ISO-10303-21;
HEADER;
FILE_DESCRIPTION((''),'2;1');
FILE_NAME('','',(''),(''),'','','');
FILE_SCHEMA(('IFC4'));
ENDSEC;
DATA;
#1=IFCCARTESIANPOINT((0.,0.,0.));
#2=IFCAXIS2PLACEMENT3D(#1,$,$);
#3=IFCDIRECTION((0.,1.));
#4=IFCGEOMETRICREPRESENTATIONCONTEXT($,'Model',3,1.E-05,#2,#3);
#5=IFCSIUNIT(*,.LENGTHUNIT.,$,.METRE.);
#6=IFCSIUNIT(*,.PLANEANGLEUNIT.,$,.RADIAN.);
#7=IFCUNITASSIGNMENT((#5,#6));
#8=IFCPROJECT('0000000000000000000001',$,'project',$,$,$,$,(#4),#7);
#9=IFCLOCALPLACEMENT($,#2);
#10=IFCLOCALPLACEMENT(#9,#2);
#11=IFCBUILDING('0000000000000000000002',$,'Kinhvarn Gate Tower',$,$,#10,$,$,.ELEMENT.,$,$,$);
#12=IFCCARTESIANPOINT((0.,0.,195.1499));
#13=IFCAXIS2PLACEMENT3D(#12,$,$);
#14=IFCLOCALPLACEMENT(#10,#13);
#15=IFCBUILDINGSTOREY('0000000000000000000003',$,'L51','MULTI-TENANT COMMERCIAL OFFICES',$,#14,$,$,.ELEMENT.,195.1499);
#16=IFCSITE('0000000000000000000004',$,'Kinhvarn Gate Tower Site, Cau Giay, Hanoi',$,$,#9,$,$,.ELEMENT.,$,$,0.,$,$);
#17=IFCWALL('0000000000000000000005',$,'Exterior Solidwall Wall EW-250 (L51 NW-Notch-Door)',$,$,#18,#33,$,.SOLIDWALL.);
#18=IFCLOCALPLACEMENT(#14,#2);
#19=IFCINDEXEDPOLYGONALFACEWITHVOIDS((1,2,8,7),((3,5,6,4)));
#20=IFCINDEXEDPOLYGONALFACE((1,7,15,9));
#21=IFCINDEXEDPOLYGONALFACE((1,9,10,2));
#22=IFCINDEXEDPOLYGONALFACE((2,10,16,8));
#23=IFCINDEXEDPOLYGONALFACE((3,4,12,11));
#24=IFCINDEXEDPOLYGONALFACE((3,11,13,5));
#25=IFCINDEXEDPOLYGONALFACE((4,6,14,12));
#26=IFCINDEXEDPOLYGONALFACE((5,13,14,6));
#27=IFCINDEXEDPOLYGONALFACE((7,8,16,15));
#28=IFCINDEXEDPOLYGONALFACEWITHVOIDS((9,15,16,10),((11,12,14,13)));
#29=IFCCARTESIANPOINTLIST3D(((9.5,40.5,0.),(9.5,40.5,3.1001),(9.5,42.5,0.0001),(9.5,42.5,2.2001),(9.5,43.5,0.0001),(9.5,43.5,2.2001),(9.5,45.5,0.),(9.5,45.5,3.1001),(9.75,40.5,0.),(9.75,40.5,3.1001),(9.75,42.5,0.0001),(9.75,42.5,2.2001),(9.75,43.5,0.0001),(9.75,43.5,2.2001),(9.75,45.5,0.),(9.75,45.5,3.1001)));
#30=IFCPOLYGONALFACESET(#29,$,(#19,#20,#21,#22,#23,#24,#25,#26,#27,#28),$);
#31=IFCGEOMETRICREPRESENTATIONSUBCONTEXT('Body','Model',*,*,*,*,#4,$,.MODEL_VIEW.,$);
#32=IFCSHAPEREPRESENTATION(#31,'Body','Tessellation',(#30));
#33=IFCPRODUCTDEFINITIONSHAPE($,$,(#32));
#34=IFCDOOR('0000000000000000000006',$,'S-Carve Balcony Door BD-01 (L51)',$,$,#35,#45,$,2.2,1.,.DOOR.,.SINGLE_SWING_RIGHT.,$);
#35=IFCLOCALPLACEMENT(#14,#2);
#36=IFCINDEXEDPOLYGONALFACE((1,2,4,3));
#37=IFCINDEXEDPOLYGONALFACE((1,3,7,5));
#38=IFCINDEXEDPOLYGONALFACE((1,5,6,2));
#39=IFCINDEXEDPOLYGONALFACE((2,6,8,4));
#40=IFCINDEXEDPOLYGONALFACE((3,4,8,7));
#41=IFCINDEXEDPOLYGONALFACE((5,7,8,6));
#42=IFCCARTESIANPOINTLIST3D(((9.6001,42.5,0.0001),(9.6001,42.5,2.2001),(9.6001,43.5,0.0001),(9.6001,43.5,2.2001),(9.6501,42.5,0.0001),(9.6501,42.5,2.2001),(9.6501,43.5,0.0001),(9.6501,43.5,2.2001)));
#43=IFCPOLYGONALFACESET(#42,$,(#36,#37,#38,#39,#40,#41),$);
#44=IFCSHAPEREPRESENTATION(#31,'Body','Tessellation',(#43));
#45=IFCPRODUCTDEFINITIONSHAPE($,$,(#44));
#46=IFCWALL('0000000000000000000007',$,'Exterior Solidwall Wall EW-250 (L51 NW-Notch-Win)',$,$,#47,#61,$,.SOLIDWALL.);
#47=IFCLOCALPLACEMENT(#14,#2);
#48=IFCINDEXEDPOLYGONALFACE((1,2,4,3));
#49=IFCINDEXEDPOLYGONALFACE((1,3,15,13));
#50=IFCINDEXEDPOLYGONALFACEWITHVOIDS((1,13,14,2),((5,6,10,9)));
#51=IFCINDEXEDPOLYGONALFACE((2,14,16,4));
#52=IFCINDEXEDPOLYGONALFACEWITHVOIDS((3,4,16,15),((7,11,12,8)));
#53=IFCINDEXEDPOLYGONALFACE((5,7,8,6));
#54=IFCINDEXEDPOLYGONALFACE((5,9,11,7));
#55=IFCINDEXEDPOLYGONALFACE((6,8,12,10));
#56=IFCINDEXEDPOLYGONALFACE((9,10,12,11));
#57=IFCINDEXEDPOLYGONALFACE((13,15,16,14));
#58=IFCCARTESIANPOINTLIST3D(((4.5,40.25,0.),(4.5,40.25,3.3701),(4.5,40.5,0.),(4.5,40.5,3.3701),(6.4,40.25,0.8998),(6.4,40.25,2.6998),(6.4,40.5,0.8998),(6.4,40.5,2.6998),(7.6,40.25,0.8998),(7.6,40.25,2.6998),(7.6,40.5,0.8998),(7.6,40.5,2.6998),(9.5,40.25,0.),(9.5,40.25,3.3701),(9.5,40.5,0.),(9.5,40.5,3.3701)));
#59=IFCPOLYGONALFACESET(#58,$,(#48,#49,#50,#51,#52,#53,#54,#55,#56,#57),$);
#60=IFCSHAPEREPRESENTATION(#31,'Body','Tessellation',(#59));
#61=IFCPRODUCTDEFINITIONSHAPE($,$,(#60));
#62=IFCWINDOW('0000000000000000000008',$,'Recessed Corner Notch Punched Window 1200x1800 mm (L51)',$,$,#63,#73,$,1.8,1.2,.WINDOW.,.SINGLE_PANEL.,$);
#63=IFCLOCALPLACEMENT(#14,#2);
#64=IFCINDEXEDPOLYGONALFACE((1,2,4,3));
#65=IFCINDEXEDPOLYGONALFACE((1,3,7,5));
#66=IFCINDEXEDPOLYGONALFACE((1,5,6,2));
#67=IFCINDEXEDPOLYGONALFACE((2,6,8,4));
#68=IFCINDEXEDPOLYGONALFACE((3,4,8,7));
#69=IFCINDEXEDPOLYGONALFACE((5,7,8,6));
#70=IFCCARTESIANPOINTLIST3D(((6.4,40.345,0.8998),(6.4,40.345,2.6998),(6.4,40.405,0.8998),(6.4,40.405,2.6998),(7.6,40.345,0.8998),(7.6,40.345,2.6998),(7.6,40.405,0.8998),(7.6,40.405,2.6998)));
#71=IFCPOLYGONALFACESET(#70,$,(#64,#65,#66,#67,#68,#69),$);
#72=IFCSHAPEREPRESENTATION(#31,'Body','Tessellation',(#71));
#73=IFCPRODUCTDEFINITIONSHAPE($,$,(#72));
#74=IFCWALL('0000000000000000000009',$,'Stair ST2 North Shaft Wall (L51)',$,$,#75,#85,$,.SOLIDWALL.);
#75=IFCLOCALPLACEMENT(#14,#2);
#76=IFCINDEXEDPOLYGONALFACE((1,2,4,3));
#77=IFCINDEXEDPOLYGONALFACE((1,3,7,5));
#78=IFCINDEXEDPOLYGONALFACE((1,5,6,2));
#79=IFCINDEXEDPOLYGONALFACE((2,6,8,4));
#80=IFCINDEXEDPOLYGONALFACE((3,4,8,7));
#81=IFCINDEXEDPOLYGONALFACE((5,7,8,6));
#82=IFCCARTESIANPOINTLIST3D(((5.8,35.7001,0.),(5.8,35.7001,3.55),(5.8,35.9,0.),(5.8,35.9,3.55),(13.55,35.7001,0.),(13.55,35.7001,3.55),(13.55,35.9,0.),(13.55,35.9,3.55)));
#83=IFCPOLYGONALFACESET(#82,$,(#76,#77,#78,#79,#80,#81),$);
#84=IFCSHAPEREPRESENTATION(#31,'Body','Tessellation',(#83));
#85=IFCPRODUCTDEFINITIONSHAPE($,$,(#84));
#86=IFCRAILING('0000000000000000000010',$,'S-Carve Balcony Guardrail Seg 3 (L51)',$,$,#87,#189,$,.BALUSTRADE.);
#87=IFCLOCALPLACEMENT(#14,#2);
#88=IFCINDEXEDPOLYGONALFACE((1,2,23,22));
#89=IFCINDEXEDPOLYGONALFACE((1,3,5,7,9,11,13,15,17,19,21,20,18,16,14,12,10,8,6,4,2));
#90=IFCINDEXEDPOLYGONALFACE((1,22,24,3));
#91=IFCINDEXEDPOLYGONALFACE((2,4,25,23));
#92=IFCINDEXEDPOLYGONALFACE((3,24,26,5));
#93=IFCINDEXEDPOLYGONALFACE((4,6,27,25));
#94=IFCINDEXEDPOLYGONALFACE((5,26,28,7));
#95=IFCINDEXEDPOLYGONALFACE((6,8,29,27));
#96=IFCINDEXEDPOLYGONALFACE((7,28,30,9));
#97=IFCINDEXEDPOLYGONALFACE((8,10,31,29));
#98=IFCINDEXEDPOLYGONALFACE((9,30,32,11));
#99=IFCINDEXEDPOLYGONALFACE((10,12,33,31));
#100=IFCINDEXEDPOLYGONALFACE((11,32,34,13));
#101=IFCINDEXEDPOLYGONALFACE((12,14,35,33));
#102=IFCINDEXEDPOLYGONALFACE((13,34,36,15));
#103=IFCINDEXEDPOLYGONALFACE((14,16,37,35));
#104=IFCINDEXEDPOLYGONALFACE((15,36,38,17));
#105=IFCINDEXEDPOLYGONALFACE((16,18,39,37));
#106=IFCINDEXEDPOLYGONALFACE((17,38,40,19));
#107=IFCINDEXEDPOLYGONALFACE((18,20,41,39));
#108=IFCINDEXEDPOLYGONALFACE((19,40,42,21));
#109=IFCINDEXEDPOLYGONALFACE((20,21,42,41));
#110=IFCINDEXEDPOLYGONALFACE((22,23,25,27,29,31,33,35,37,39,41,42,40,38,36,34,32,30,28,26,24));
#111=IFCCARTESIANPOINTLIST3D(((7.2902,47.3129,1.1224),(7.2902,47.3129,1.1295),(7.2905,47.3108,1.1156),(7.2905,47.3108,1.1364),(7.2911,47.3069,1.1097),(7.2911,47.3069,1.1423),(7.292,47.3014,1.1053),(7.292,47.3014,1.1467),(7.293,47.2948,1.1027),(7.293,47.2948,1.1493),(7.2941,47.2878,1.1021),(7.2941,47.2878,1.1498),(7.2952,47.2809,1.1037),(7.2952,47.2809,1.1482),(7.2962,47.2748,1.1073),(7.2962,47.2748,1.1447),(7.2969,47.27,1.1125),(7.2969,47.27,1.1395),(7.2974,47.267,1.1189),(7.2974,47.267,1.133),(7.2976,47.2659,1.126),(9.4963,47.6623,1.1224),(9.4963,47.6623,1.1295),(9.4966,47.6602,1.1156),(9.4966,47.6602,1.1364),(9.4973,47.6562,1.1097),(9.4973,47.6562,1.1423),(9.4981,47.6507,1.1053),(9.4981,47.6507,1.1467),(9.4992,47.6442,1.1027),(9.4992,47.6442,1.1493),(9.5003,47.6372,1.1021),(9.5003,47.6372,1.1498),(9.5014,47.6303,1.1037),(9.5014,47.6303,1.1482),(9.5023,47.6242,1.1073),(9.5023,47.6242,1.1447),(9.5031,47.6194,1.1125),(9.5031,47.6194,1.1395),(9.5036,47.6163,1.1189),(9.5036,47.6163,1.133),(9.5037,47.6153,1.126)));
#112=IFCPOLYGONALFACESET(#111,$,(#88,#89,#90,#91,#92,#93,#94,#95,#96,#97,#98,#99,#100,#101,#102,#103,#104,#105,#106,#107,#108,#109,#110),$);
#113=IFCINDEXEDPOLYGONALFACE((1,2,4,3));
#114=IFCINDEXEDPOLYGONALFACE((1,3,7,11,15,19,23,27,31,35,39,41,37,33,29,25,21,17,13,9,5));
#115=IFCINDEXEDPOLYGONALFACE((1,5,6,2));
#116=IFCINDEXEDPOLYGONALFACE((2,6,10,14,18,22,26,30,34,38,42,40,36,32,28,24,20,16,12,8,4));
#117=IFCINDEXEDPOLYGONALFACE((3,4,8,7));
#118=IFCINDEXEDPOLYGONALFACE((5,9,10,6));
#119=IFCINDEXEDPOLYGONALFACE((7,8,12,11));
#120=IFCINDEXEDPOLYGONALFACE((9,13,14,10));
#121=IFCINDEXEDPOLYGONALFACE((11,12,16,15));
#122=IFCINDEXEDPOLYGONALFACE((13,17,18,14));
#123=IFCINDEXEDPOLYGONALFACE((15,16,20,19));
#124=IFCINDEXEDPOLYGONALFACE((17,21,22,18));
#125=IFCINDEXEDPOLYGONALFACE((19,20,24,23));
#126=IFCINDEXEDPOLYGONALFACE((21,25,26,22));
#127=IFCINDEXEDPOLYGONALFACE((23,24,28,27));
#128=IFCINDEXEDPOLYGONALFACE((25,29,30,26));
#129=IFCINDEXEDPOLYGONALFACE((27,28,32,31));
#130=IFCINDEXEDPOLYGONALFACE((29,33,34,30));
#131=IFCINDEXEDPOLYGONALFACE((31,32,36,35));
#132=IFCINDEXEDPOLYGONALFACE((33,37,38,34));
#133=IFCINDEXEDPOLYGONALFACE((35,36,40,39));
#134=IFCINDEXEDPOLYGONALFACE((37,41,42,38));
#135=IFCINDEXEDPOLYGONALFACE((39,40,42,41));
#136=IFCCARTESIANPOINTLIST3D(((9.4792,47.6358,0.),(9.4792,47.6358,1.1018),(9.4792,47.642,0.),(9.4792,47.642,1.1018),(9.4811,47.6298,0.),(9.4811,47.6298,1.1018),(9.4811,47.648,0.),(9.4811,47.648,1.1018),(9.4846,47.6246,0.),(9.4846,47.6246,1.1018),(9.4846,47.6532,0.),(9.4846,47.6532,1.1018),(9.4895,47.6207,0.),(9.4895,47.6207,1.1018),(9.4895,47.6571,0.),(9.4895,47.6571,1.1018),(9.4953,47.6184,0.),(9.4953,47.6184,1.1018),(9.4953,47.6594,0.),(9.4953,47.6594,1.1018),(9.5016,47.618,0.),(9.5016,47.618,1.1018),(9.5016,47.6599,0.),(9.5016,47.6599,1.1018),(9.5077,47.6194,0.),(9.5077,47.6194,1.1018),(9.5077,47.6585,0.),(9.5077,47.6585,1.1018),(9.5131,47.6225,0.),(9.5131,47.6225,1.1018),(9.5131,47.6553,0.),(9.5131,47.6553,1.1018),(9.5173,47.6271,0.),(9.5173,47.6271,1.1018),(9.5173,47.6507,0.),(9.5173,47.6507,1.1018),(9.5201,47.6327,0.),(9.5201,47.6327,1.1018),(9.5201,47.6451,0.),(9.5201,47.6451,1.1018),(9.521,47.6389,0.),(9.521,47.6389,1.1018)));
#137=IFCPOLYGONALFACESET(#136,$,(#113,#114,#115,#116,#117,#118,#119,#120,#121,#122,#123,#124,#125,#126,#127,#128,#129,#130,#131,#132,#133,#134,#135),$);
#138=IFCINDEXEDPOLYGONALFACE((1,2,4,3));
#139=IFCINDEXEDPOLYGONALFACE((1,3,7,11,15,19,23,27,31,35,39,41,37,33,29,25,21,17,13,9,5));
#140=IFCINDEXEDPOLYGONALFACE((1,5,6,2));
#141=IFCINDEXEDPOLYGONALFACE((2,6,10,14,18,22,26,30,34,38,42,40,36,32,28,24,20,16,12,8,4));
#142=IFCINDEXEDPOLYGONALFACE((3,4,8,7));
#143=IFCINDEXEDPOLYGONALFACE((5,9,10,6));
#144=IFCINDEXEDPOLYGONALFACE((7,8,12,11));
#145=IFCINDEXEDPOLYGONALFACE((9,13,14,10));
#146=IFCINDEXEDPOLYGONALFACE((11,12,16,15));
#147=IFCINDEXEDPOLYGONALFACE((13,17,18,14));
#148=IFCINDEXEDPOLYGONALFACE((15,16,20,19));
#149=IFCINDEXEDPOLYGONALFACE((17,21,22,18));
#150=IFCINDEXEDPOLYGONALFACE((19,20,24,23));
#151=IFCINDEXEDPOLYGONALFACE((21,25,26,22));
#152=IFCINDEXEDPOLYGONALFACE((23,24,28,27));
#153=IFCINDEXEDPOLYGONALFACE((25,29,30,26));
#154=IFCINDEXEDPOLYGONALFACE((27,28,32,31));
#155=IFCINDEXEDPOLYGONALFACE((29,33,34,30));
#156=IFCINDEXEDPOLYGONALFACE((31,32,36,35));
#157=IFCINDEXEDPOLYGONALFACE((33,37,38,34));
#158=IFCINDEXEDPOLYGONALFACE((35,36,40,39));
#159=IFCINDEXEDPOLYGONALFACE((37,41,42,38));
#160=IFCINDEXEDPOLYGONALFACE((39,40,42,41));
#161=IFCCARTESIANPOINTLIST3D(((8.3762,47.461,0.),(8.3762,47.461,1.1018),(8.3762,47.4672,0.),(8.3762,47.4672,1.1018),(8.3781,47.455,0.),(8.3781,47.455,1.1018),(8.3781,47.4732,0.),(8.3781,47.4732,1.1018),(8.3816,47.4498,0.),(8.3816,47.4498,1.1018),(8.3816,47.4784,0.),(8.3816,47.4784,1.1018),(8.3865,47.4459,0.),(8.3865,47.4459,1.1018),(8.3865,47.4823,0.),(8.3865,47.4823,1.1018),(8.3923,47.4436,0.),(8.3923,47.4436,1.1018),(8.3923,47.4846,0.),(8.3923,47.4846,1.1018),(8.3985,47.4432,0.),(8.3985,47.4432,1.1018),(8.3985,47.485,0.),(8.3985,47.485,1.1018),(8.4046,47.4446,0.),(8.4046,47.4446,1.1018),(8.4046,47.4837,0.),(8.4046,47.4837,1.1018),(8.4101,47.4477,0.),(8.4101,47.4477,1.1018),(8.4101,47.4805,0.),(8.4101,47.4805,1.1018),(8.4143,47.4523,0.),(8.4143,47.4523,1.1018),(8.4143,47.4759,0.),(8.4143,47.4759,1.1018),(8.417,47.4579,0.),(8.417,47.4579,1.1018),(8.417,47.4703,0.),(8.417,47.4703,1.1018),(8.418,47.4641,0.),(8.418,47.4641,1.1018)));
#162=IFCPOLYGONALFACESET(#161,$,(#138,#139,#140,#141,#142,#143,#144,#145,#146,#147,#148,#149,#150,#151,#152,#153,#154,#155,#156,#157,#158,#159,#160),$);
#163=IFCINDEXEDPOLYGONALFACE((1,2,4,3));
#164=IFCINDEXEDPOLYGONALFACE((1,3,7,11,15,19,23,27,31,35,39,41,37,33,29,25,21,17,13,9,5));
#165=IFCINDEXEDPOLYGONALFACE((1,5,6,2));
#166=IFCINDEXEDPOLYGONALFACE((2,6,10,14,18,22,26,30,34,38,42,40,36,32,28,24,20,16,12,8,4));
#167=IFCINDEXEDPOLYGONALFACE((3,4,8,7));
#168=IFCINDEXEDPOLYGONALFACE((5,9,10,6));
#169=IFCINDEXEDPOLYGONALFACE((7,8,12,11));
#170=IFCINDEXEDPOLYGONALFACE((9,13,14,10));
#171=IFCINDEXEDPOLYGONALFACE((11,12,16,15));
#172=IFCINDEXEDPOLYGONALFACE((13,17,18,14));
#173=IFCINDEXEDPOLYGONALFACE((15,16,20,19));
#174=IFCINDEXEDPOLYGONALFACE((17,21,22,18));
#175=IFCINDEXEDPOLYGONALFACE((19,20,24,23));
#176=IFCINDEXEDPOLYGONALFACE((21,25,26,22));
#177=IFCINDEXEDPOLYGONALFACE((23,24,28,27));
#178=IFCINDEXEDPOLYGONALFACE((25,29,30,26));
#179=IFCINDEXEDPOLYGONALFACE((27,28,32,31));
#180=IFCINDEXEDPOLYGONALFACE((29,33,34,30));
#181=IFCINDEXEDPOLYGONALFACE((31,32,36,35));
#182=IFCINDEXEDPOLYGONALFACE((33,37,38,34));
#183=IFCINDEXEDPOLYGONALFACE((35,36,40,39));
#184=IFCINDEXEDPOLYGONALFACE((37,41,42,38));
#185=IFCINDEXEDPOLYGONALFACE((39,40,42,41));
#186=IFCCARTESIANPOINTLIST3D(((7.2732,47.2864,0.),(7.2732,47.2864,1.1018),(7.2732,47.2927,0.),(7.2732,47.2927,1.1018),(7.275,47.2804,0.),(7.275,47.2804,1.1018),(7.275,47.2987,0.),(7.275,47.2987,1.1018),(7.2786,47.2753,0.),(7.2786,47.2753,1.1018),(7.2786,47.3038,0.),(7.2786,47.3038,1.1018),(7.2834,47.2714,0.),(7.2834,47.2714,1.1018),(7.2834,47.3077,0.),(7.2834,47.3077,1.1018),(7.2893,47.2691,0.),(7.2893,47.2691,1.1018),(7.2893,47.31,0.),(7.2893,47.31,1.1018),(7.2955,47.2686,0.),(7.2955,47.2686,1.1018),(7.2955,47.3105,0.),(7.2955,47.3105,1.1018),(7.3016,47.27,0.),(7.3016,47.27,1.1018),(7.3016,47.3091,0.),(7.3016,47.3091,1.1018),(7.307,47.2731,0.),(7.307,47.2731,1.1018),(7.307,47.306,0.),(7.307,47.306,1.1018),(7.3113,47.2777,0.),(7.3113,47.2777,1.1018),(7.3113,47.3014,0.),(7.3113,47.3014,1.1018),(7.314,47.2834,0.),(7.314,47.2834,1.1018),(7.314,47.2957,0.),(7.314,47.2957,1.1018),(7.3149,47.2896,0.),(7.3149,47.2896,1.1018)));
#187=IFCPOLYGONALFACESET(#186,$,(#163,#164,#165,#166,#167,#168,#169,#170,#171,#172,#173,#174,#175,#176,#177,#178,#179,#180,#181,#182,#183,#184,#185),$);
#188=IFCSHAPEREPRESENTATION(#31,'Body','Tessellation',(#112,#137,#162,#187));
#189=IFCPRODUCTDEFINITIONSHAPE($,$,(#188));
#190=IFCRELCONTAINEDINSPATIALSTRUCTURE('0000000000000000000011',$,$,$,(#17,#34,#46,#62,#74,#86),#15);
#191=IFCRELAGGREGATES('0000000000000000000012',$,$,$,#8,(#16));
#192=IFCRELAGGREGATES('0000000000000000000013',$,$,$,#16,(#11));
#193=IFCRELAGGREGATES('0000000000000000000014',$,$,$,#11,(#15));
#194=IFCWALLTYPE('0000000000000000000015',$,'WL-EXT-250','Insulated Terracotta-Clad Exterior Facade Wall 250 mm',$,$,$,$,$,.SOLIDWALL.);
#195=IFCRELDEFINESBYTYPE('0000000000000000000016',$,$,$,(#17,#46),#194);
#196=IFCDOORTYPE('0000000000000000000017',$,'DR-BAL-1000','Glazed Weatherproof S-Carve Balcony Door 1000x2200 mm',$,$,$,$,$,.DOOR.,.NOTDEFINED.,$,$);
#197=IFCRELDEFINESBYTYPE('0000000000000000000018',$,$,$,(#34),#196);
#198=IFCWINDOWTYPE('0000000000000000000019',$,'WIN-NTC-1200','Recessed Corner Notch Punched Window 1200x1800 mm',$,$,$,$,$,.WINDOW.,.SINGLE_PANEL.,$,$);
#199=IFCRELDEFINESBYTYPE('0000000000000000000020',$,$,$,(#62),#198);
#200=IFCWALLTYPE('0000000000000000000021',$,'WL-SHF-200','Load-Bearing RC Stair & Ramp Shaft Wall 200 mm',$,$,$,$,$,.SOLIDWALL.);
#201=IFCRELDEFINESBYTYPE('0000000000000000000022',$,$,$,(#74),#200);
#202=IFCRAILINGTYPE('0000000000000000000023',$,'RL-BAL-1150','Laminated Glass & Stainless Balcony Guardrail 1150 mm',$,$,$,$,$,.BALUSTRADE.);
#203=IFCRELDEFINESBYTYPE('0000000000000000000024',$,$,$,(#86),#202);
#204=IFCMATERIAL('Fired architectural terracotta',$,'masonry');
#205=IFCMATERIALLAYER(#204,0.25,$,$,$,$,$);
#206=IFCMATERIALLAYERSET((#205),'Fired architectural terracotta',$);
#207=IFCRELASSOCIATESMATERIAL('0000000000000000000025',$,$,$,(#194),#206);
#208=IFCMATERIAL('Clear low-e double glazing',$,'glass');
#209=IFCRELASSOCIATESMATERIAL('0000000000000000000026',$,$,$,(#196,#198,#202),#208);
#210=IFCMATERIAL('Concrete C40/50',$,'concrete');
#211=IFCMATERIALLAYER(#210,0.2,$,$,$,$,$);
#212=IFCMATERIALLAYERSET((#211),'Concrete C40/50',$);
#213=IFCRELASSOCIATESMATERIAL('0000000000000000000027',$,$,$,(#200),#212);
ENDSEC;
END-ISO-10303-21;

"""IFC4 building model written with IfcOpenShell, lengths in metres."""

from ifc_helpers import new_model, si_unit, direction, frame, frame_2d, origin, origin_2d, place, context, subcontext, project, spatial, rectangle, circle, extrude, material, layer, layer_set, type_object, element, fill, save


model = new_model("IFC4")

# Units and contexts
model_context = context("Model", 3, precision=1e-05, world=origin(), true_north=direction((0.0, 1.0)))
body_context = subcontext(model_context, "Body", "Model", "MODEL_VIEW")
ifc_project = project(units=[si_unit("LENGTHUNIT", "METRE"), si_unit("PLANEANGLEUNIT", "RADIAN")], contexts=[model_context])

# Site, building, storey
site_placement = place(None, origin())
site = spatial("IfcSite", under=ifc_project, at=site_placement, Name="Kinhvarn Gate Tower Site, Cau Giay, Hanoi", CompositionType="ELEMENT", RefElevation=0.0)
building_placement = place(site_placement, origin())
building = spatial("IfcBuilding", under=site, at=building_placement, Name="Kinhvarn Gate Tower", CompositionType="ELEMENT")
storey_placement = place(building_placement, frame((0.0, 0.0, 195.1499)))
storey = spatial("IfcBuildingStorey", under=building, at=storey_placement, Name="L51", Description="MULTI-TENANT COMMERCIAL OFFICES", CompositionType="ELEMENT", Elevation=195.1499)

# Shared definitions
ifc_material_1 = material(Name="Fired architectural terracotta", Category="masonry")
ifc_layer_1 = layer(ifc_material_1, 0.25)
ifc_layer_set_1 = layer_set([ifc_layer_1], Name="Fired architectural terracotta")
wall_type_1 = type_object("IfcWallType", Name="WL-EXT-250", Description="Insulated Terracotta-Clad Exterior Facade Wall 250 mm", PredefinedType="SOLIDWALL", material=ifc_layer_set_1)
ifc_material_2 = material(Name="Clear low-e double glazing", Category="glass")

# Wall, opening, door
wall_1_placement = place(storey_placement, frame((9.625, 45.5, 0.0), z_axis=(0.0, 0.0, 1.0), x_axis=(0.0, -1.0, 0.0)))
wall_1 = element("IfcWall", 1, at=wall_1_placement, inside=storey, type_object=wall_type_1, Name="Exterior Solidwall Wall EW-250 (L51 NW-Notch-Door)", PredefinedType="SOLIDWALL", context=body_context, shape_type="SweptSolid", body=[
    extrude(rectangle(XDim=5.0, YDim=0.25, at=frame_2d((2.5, 0.0))), origin(), (0.0, 0.0, 1.0), 3.1001),
])
opening_1_placement = place(wall_1_placement, frame((2.0, 0.0, 0.0)))
opening_1 = element("IfcOpeningElement", 2, at=opening_1_placement, cuts=wall_1, PredefinedType="OPENING", context=body_context, shape_type="SweptSolid", body=[
    extrude(rectangle(XDim=1.0, YDim=2.2, at=frame_2d((0.5, 1.1001))), frame((0.0, 0.135, 0.0), z_axis=(0.0, -1.0, 0.0), x_axis=(1.0, 0.0, 0.0)), (0.0, 0.0, 1.0), 0.27),
])
door_type = type_object("IfcDoorType", Name="DR-BAL-1000", Description="Glazed Weatherproof S-Carve Balcony Door 1000x2200 mm", OperationType="NOTDEFINED", PredefinedType="DOOR", material=ifc_material_2)
door_placement = place(opening_1_placement, frame((1.0, 0.0, 0.0), z_axis=(0.0, 0.0, 1.0), x_axis=(-1.0, 0.0, 0.0)))
door = element("IfcDoor", 3, at=door_placement, inside=storey, type_object=door_type, Name="S-Carve Balcony Door BD-01 (L51)", OperationType="SINGLE_SWING_RIGHT", OverallHeight=2.2, OverallWidth=1.0, PredefinedType="DOOR", context=body_context, shape_type="SweptSolid", body=[
    extrude(rectangle(XDim=1.0, YDim=2.2, at=frame_2d((0.5, 1.1001))), frame((0.0, 0.0249, 0.0), z_axis=(0.0, -1.0, 0.0), x_axis=(1.0, 0.0, 0.0)), (0.0, 0.0, 1.0), 0.05),
])
fill(opening_1, door)

# Wall, opening, window
wall_2_placement = place(storey_placement, frame((9.5, 40.375, 0.0), z_axis=(0.0, 0.0, 1.0), x_axis=(-1.0, 0.0, 0.0)))
wall_2 = element("IfcWall", 4, at=wall_2_placement, inside=storey, type_object=wall_type_1, Name="Exterior Solidwall Wall EW-250 (L51 NW-Notch-Win)", PredefinedType="SOLIDWALL", context=body_context, shape_type="SweptSolid", body=[
    extrude(rectangle(XDim=5.0, YDim=0.25, at=frame_2d((2.5, 0.0))), origin(), (0.0, 0.0, 1.0), 3.3701),
])
opening_2_placement = place(wall_2_placement, frame((1.8999, 0.0, 0.8999)))
opening_2 = element("IfcOpeningElement", 5, at=opening_2_placement, cuts=wall_2, PredefinedType="OPENING", context=body_context, shape_type="SweptSolid", body=[
    extrude(rectangle(XDim=1.2, YDim=1.8, at=frame_2d((0.6001, 0.8999))), frame((0.0, 0.135, 0.0), z_axis=(0.0, -1.0, 0.0), x_axis=(1.0, 0.0, 0.0)), (0.0, 0.0, 1.0), 0.27),
])
window_type_1 = type_object("IfcWindowType", Name="WIN-NTC-1200", Description="Recessed Corner Notch Punched Window 1200x1800 mm", PartitioningType="SINGLE_PANEL", PredefinedType="WINDOW", material=ifc_material_2)
window_1_placement = place(opening_2_placement, origin())
window_1 = element("IfcWindow", 6, at=window_1_placement, inside=storey, type_object=window_type_1, Name="Recessed Corner Notch Punched Window 1200x1800 mm (L51)", OverallHeight=1.8, OverallWidth=1.2, PartitioningType="SINGLE_PANEL", PredefinedType="WINDOW", context=body_context, shape_type="SweptSolid", body=[
    extrude(rectangle(XDim=1.2, YDim=1.8, at=frame_2d((0.6001, 0.8999))), frame((0.0, 0.03, 0.0), z_axis=(0.0, -1.0, 0.0), x_axis=(1.0, 0.0, 0.0)), (0.0, 0.0, 1.0), 0.0601),
])
fill(opening_2, window_1)

# Wall
ifc_material_3 = material(Name="Concrete C40/50", Category="concrete")
ifc_layer_2 = layer(ifc_material_3, 0.2)
ifc_layer_set_2 = layer_set([ifc_layer_2], Name="Concrete C40/50")
wall_type_2 = type_object("IfcWallType", Name="WL-SHF-200", Description="Load-Bearing RC Stair & Ramp Shaft Wall 200 mm", PredefinedType="SOLIDWALL", material=ifc_layer_set_2)
wall_3_placement = place(storey_placement, frame((5.8, 35.8, 0.0), z_axis=(0.0, 0.0, 1.0), x_axis=(1.0, 0.0, 0.0)))
element("IfcWall", 7, at=wall_3_placement, inside=storey, type_object=wall_type_2, Name="Stair ST2 North Shaft Wall (L51)", PredefinedType="SOLIDWALL", context=body_context, shape_type="SweptSolid", body=[
    extrude(rectangle(XDim=7.75, YDim=0.2, at=frame_2d((3.875, 0.0))), origin(), (0.0, 0.0, 1.0), 3.55),
])

# Railing
railing_type = type_object("IfcRailingType", Name="RL-BAL-1150", Description="Laminated Glass & Stainless Balcony Guardrail 1150 mm", PredefinedType="BALUSTRADE", material=ifc_material_2)
railing_1_placement = place(storey_placement, frame((9.5, 47.6389, 0.0)))
element("IfcRailing", 8, at=railing_1_placement, inside=storey, type_object=railing_type, Name="S-Carve Balcony Guardrail Seg 3 (L51)", PredefinedType="BALUSTRADE", context=body_context, shape_type="SweptSolid", body=[
    extrude(circle(Radius=0.0239, at=origin_2d()), frame((0.0, 0.0, 1.126), z_axis=(-0.987691, -0.156417, 0.0), x_axis=(0.156417, -0.987691, 0.0)), (0.0, 0.0, 1.0), 2.2336),
    extrude(circle(Radius=0.021, at=origin_2d()), origin(), (0.0, 0.0, 1.0), 1.1018),
    extrude(circle(Radius=0.021, at=origin_2d()), frame((-1.103, -0.1748, 0.0)), (0.0, 0.0, 1.0), 1.1018),
    extrude(circle(Radius=0.021, at=origin_2d()), frame((-2.2061, -0.3494, 0.0)), (0.0, 0.0, 1.0), 1.1018),
])

save(model, "model.ifc")
